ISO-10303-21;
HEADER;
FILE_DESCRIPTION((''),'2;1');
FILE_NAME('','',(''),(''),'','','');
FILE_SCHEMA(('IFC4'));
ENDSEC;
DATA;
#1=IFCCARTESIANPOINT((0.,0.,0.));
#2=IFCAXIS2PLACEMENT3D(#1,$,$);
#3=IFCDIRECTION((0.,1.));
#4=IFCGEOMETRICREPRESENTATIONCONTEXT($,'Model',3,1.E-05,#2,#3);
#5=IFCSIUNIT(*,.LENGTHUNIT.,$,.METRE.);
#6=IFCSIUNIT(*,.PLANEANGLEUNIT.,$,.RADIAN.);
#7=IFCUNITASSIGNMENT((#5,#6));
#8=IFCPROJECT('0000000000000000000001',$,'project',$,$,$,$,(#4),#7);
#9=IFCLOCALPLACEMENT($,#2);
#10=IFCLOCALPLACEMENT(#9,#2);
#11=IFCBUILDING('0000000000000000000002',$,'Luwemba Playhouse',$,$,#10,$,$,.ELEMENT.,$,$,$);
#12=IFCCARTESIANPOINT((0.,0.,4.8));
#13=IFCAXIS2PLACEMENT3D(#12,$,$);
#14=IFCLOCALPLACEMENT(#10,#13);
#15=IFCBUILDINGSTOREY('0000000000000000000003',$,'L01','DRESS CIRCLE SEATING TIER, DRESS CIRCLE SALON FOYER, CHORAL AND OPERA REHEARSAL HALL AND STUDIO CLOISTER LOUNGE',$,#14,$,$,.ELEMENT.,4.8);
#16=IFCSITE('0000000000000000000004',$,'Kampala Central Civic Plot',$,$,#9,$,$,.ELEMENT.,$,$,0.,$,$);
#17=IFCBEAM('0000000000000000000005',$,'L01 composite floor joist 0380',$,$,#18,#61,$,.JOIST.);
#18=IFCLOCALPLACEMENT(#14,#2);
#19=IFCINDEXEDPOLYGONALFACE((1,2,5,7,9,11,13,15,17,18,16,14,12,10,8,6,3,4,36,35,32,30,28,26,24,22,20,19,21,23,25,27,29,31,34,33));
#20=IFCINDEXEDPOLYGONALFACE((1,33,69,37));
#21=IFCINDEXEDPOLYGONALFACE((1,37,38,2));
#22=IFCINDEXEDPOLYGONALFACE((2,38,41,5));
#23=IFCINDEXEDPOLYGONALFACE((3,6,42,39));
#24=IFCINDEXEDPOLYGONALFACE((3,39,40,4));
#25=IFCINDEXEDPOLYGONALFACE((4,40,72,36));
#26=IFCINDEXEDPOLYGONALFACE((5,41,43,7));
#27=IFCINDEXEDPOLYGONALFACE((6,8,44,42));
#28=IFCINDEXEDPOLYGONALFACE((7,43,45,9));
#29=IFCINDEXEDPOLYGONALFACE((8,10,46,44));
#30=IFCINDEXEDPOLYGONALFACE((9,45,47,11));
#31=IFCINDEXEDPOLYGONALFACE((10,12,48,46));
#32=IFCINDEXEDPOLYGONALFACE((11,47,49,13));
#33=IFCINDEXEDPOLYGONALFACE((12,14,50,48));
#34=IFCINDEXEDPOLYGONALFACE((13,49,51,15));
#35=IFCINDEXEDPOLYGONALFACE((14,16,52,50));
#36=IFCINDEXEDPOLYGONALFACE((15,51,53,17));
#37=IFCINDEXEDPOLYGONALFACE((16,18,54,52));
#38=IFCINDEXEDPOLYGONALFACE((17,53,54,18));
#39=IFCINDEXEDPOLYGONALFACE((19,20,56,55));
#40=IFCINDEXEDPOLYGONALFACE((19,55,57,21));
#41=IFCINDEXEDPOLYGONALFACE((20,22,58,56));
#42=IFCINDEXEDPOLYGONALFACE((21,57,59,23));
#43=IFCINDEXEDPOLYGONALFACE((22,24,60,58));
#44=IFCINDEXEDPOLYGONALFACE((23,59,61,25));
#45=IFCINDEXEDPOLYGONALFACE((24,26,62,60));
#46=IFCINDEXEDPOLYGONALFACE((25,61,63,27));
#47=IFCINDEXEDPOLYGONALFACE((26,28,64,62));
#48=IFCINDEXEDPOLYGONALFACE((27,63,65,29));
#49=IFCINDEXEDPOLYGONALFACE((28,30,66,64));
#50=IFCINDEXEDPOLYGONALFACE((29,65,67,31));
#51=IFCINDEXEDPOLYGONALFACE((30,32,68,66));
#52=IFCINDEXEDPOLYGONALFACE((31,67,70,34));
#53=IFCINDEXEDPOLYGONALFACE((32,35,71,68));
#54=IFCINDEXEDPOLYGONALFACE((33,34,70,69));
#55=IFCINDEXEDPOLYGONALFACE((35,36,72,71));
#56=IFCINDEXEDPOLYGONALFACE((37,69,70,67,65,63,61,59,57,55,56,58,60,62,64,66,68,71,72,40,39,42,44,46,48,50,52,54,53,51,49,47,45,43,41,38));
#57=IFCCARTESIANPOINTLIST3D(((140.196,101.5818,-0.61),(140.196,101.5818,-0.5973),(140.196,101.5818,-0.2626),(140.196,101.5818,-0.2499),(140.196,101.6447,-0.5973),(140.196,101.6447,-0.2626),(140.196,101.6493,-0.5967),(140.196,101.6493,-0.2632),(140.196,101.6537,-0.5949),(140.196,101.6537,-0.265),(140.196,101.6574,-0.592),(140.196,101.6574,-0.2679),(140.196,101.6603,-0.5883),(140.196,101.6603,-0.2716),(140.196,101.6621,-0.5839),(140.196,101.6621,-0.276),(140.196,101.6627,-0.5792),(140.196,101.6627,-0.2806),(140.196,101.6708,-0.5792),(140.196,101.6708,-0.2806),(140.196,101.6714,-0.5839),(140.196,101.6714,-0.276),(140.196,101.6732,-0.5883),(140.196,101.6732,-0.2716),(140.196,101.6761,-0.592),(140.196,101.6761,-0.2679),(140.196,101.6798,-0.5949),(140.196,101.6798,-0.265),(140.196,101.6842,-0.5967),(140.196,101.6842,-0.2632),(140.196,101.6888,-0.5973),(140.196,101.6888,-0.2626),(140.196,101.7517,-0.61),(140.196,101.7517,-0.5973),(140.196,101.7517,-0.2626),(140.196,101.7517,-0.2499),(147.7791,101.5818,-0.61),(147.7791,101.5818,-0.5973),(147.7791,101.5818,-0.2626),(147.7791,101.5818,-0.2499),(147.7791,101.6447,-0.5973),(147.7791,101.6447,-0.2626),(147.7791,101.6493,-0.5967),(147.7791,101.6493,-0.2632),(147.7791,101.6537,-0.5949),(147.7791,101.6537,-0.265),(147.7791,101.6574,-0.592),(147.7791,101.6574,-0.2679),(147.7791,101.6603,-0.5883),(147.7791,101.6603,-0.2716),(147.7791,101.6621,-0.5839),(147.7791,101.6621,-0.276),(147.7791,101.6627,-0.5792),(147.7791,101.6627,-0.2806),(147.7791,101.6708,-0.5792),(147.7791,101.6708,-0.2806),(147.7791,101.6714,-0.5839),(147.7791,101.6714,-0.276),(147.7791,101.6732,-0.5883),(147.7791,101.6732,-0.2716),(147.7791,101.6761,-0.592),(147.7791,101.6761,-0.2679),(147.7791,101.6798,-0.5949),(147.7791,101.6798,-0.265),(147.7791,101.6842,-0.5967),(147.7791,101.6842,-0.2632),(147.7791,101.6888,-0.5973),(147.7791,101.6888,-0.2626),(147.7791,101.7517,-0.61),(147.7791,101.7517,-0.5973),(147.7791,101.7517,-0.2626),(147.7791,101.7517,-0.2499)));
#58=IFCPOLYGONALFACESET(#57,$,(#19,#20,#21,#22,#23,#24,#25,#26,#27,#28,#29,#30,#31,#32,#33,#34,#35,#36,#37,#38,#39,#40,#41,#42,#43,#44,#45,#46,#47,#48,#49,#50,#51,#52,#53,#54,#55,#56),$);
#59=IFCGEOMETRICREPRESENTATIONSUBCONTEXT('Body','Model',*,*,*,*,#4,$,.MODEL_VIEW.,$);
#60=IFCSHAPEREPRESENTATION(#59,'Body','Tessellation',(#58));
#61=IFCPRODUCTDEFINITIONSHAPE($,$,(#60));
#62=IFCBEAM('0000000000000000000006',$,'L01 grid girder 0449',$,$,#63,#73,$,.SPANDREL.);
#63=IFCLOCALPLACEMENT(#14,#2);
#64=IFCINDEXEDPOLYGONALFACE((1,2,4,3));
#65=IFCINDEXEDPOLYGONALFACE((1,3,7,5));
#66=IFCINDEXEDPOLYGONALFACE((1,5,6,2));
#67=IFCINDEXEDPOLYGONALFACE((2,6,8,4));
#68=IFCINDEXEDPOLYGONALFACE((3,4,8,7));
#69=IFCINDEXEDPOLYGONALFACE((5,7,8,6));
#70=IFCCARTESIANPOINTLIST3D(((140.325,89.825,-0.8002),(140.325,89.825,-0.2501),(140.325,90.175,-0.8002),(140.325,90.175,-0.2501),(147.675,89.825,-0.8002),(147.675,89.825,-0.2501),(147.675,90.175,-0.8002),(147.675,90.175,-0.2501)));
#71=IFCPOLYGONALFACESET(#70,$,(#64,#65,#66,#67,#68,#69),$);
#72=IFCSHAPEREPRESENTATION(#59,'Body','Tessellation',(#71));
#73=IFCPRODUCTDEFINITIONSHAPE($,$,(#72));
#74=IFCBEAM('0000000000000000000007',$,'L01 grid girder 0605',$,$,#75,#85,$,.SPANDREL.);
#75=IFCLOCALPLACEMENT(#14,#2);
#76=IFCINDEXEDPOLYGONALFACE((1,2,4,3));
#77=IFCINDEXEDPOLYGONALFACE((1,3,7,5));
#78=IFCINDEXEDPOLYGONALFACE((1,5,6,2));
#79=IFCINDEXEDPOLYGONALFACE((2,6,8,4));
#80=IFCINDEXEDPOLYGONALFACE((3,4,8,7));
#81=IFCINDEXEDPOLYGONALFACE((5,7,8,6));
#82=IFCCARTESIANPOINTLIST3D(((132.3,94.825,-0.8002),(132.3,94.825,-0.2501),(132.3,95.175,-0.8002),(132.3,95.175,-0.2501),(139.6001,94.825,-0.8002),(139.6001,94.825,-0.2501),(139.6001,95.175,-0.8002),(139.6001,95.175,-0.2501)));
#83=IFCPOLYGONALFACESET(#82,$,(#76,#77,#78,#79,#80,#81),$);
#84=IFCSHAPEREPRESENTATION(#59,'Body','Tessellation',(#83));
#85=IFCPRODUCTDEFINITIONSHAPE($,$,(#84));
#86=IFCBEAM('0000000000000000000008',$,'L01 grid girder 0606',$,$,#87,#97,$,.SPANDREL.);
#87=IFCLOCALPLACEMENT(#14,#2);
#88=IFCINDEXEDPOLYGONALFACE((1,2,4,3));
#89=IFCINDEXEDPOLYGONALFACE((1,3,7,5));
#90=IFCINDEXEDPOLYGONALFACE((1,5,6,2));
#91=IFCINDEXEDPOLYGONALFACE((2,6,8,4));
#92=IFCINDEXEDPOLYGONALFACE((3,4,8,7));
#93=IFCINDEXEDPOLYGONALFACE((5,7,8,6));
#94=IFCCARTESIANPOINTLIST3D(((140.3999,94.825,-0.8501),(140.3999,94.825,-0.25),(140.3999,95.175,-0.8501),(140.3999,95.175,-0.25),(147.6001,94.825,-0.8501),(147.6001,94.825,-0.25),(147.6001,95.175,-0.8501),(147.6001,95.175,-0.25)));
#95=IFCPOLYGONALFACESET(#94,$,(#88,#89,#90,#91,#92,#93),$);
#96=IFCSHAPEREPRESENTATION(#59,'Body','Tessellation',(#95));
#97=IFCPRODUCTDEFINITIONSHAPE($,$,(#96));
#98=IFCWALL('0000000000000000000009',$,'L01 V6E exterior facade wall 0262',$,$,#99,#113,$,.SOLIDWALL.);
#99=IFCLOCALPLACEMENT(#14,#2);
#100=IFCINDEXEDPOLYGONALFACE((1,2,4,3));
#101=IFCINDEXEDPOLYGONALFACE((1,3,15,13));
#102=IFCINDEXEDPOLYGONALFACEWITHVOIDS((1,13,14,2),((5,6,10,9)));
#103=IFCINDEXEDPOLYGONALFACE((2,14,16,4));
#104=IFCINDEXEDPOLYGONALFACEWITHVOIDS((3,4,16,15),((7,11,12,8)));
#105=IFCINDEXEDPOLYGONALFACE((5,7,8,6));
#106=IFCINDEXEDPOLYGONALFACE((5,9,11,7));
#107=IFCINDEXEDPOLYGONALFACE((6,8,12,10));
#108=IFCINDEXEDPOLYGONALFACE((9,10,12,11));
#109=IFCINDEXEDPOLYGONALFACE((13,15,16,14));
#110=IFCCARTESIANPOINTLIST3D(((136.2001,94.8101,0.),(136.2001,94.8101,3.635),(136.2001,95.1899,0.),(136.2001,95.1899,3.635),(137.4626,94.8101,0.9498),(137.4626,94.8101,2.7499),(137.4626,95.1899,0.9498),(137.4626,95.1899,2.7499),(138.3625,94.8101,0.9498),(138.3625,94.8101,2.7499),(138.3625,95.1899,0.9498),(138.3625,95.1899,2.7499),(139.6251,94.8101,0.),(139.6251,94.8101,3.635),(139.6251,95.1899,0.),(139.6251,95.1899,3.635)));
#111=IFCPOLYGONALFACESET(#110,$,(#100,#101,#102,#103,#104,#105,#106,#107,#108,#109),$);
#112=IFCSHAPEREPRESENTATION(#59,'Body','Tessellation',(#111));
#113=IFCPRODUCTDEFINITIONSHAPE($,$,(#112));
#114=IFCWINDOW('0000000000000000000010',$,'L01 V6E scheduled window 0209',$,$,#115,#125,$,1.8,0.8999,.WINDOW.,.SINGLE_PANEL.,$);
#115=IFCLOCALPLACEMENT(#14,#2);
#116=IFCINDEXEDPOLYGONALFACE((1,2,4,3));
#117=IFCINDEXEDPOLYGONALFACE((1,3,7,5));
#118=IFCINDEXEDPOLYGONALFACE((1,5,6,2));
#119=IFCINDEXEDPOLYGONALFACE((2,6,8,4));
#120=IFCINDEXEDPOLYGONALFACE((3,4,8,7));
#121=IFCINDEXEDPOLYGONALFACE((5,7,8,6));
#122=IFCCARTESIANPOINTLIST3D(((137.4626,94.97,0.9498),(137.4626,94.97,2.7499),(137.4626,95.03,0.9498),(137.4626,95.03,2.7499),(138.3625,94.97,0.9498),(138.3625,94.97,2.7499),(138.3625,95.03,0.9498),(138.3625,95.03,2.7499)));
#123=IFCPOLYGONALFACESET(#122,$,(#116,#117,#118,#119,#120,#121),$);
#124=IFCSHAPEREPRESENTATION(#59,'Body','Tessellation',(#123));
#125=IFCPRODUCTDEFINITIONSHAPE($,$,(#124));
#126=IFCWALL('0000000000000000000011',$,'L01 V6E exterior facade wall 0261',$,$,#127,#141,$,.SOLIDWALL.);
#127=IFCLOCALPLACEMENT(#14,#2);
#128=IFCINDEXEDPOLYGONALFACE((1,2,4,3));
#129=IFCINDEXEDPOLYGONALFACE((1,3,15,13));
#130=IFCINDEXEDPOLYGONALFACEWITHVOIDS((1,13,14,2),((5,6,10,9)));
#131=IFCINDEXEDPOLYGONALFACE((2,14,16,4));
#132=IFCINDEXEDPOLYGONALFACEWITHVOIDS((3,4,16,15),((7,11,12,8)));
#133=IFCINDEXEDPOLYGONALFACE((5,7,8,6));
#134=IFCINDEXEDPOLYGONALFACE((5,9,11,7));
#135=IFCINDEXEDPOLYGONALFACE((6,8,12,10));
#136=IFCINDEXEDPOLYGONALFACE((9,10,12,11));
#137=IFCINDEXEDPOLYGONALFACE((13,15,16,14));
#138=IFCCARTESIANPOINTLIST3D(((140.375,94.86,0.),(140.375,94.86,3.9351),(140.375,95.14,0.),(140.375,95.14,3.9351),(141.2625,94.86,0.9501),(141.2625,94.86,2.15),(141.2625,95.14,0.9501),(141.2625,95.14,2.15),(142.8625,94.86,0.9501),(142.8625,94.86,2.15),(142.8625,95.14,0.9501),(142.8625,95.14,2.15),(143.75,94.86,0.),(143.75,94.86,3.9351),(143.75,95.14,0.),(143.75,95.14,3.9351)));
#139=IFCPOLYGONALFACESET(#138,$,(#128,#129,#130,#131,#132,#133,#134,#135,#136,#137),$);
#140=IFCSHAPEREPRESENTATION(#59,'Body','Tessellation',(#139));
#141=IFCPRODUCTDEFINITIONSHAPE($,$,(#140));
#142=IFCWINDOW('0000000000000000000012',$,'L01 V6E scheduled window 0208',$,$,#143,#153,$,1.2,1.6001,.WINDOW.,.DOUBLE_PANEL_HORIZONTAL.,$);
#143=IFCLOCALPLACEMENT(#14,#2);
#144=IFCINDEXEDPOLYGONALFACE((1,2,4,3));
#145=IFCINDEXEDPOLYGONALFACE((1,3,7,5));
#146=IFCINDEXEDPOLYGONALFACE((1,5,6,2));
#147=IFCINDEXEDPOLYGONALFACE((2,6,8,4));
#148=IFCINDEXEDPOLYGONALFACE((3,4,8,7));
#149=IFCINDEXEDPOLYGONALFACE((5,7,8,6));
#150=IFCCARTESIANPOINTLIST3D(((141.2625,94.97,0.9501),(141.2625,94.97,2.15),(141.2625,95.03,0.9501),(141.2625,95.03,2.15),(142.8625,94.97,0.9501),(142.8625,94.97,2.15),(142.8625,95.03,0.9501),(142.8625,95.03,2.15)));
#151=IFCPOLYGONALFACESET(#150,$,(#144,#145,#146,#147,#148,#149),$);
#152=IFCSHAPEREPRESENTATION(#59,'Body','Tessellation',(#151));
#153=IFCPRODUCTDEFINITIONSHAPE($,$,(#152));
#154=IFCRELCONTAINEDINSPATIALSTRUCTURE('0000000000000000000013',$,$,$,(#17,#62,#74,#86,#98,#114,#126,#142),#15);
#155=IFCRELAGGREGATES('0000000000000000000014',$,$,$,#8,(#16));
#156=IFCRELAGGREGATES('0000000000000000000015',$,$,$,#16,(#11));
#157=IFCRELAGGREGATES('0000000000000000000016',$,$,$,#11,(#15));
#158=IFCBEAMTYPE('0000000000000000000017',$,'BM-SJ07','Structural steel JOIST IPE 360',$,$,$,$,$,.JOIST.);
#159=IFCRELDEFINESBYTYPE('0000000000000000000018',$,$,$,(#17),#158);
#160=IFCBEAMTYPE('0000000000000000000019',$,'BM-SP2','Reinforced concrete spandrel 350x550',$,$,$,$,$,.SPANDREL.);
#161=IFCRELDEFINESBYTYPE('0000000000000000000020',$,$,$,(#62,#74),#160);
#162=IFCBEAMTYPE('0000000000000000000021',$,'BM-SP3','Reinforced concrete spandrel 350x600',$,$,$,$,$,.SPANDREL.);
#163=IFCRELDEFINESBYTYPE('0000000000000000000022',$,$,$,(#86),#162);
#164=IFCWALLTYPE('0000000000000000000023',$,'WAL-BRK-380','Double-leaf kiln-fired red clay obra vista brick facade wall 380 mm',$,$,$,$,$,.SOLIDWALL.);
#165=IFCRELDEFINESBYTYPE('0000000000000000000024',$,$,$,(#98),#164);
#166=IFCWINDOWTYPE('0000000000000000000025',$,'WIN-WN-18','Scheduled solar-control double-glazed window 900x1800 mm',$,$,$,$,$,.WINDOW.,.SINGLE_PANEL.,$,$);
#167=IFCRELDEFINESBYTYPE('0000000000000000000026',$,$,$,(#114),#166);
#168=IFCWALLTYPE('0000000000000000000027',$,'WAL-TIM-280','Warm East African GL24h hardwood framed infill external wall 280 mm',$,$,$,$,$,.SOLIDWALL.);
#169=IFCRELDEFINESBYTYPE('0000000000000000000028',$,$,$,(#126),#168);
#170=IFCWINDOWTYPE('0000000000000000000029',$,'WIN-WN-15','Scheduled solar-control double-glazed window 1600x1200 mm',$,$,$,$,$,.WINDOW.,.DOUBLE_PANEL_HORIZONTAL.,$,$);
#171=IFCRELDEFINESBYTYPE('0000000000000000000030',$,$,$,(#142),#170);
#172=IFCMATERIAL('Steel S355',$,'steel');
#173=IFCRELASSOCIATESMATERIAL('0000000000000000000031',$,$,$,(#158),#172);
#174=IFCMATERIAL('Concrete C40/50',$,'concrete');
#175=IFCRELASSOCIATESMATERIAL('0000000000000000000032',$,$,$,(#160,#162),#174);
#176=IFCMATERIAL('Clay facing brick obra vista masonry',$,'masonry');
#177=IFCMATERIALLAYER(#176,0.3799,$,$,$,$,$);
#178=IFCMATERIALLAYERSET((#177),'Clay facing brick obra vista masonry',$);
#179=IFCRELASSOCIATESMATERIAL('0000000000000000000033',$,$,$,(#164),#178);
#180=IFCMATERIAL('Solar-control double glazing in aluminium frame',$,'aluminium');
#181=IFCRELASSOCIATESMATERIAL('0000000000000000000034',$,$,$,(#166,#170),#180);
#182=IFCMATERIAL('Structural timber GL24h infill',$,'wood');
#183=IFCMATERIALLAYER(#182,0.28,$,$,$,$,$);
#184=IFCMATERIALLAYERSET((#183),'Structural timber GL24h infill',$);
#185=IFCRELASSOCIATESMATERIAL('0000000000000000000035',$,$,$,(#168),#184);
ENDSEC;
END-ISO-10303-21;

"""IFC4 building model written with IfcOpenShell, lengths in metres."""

from ifc_helpers import new_model, si_unit, direction, frame, frame_2d, origin, origin_2d, place, context, subcontext, project, spatial, rectangle, i_section, extrude, material, layer, layer_set, material_profile, profile_set, type_object, element, fill, save


model = new_model("IFC4")

# Units and contexts
model_context = context("Model", 3, precision=1e-05, world=origin(), true_north=direction((0.0, 1.0)))
body_context = subcontext(model_context, "Body", "Model", "MODEL_VIEW")
ifc_project = project(units=[si_unit("LENGTHUNIT", "METRE"), si_unit("PLANEANGLEUNIT", "RADIAN")], contexts=[model_context])

# Site, building, storey
site_placement = place(None, origin())
site = spatial("IfcSite", under=ifc_project, at=site_placement, Name="Kampala Central Civic Plot", CompositionType="ELEMENT", RefElevation=0.0)
building_placement = place(site_placement, origin())
building = spatial("IfcBuilding", under=site, at=building_placement, Name="Luwemba Playhouse", CompositionType="ELEMENT")
storey_placement = place(building_placement, frame((0.0, 0.0, 4.8)))
storey = spatial("IfcBuildingStorey", under=building, at=storey_placement, Name="L01", Description="DRESS CIRCLE SEATING TIER, DRESS CIRCLE SALON FOYER, CHORAL AND OPERA REHEARSAL HALL AND STUDIO CLOISTER LOUNGE", CompositionType="ELEMENT", Elevation=4.8)

# Shared definitions
ifc_material_1 = material(Name="Concrete C40/50", Category="concrete")

# Beams
ifc_material_2 = material(Name="Steel S355", Category="steel")
ifc_material_profile_1 = material_profile(ifc_material_2, i_section(OverallWidth=0.1699, OverallDepth=0.3601, WebThickness=0.0081, FlangeThickness=0.0127, FilletRadius=0.0181, at=origin_2d()))
ifc_profile_set_1 = profile_set([ifc_material_profile_1], Name="Steel S355")
beam_type_1 = type_object("IfcBeamType", Name="BM-SJ07", Description="Structural steel JOIST IPE 360", PredefinedType="JOIST", material=ifc_profile_set_1)
beam_1_placement = place(storey_placement, frame((140.196, 101.6667, -0.4299), z_axis=(1.0, 0.0, 0.0), x_axis=(0.0, 1.0, 0.0)))
element("IfcBeam", 1, at=beam_1_placement, inside=storey, type_object=beam_type_1, Name="L01 composite floor joist 0380", PredefinedType="JOIST", context=body_context, shape_type="SweptSolid", body=[
    extrude(i_section(OverallWidth=0.1699, OverallDepth=0.3601, WebThickness=0.0081, FlangeThickness=0.0127, FilletRadius=0.0181, at=origin_2d()), origin(), (0.0, 0.0, 1.0), 7.583),
])
ifc_material_profile_2 = material_profile(ifc_material_1, rectangle(XDim=0.3501, YDim=0.55, at=origin_2d()))
ifc_profile_set_2 = profile_set([ifc_material_profile_2], Name="Concrete C40/50")
beam_type_2 = type_object("IfcBeamType", Name="BM-SP2", Description="Reinforced concrete spandrel 350x550", PredefinedType="SPANDREL", material=ifc_profile_set_2)
beam_2_placement = place(storey_placement, frame((140.325, 90.0, -0.5251), z_axis=(1.0, 0.0, 0.0), x_axis=(0.0, 1.0, 0.0)))
element("IfcBeam", 2, at=beam_2_placement, inside=storey, type_object=beam_type_2, Name="L01 grid girder 0449", PredefinedType="SPANDREL", context=body_context, shape_type="SweptSolid", body=[
    extrude(rectangle(XDim=0.3501, YDim=0.55, at=origin_2d()), origin(), (0.0, 0.0, 1.0), 7.3501),
])
beam_3_placement = place(storey_placement, frame((132.3, 95.0, -0.5251), z_axis=(1.0, 0.0, 0.0), x_axis=(0.0, 1.0, 0.0)))
element("IfcBeam", 3, at=beam_3_placement, inside=storey, type_object=beam_type_2, Name="L01 grid girder 0605", PredefinedType="SPANDREL", context=body_context, shape_type="SweptSolid", body=[
    extrude(rectangle(XDim=0.3501, YDim=0.55, at=origin_2d()), origin(), (0.0, 0.0, 1.0), 7.3),
])
ifc_material_profile_3 = material_profile(ifc_material_1, rectangle(XDim=0.3501, YDim=0.6001, at=origin_2d()))
ifc_profile_set_3 = profile_set([ifc_material_profile_3], Name="Concrete C40/50")
beam_type_3 = type_object("IfcBeamType", Name="BM-SP3", Description="Reinforced concrete spandrel 350x600", PredefinedType="SPANDREL", material=ifc_profile_set_3)
beam_4_placement = place(storey_placement, frame((140.3999, 95.0, -0.55), z_axis=(1.0, 0.0, 0.0), x_axis=(0.0, 1.0, 0.0)))
element("IfcBeam", 4, at=beam_4_placement, inside=storey, type_object=beam_type_3, Name="L01 grid girder 0606", PredefinedType="SPANDREL", context=body_context, shape_type="SweptSolid", body=[
    extrude(rectangle(XDim=0.3501, YDim=0.6001, at=origin_2d()), origin(), (0.0, 0.0, 1.0), 7.2002),
])

# Walls, openings, windows
ifc_material_3 = material(Name="Clay facing brick obra vista masonry", Category="masonry")
ifc_layer_1 = layer(ifc_material_3, 0.3799)
ifc_layer_set_1 = layer_set([ifc_layer_1], Name="Clay facing brick obra vista masonry")
wall_type_1 = type_object("IfcWallType", Name="WAL-BRK-380", Description="Double-leaf kiln-fired red clay obra vista brick facade wall 380 mm", PredefinedType="SOLIDWALL", material=ifc_layer_set_1)
wall_1_placement = place(storey_placement, frame((139.625, 95.0, 0.0), z_axis=(0.0, 0.0, 1.0), x_axis=(-1.0, 0.0, 0.0)))
wall_1 = element("IfcWall", 5, at=wall_1_placement, inside=storey, type_object=wall_type_1, Name="L01 V6E exterior facade wall 0262", PredefinedType="SOLIDWALL", context=body_context, shape_type="SweptSolid", body=[
    extrude(rectangle(XDim=3.425, YDim=0.3799, at=frame_2d((1.7124, 0.0))), origin(), (0.0, 0.0, 1.0), 3.635),
])
opening_1_placement = place(wall_1_placement, frame((1.2625, 0.0, 0.95)))
opening_1 = element("IfcOpeningElement", 6, at=opening_1_placement, cuts=wall_1, PredefinedType="OPENING", context=body_context, shape_type="SweptSolid", body=[
    extrude(rectangle(XDim=0.8999, YDim=1.8, at=frame_2d((0.45, 0.8999))), frame((0.0, 0.2, 0.0), z_axis=(0.0, -1.0, 0.0), x_axis=(1.0, 0.0, 0.0)), (0.0, 0.0, 1.0), 0.3999),
])
ifc_material_4 = material(Name="Solar-control double glazing in aluminium frame", Category="aluminium")
window_type_1 = type_object("IfcWindowType", Name="WIN-WN-18", Description="Scheduled solar-control double-glazed window 900x1800 mm", PartitioningType="SINGLE_PANEL", PredefinedType="WINDOW", material=ifc_material_4)
window_1_placement = place(opening_1_placement, origin())
window_1 = element("IfcWindow", 7, at=window_1_placement, inside=storey, type_object=window_type_1, Name="L01 V6E scheduled window 0209", OverallHeight=1.8, OverallWidth=0.8999, PartitioningType="SINGLE_PANEL", PredefinedType="WINDOW", context=body_context, shape_type="SweptSolid", body=[
    extrude(rectangle(XDim=0.8999, YDim=1.8, at=frame_2d((0.45, 0.8999))), frame((0.0, 0.03, 0.0), z_axis=(0.0, -1.0, 0.0), x_axis=(1.0, 0.0, 0.0)), (0.0, 0.0, 1.0), 0.0601),
])
fill(opening_1, window_1)
ifc_material_5 = material(Name="Structural timber GL24h infill", Category="wood")
ifc_layer_2 = layer(ifc_material_5, 0.28)
ifc_layer_set_2 = layer_set([ifc_layer_2], Name="Structural timber GL24h infill")
wall_type_2 = type_object("IfcWallType", Name="WAL-TIM-280", Description="Warm East African GL24h hardwood framed infill external wall 280 mm", PredefinedType="SOLIDWALL", material=ifc_layer_set_2)
wall_2_placement = place(storey_placement, frame((143.75, 95.0, 0.0), z_axis=(0.0, 0.0, 1.0), x_axis=(-1.0, 0.0, 0.0)))
wall_2 = element("IfcWall", 8, at=wall_2_placement, inside=storey, type_object=wall_type_2, Name="L01 V6E exterior facade wall 0261", PredefinedType="SOLIDWALL", context=body_context, shape_type="SweptSolid", body=[
    extrude(rectangle(XDim=3.375, YDim=0.28, at=frame_2d((1.6875, 0.0))), origin(), (0.0, 0.0, 1.0), 3.9351),
])
opening_2_placement = place(wall_2_placement, frame((0.8875, 0.0, 0.95)))
opening_2 = element("IfcOpeningElement", 9, at=opening_2_placement, cuts=wall_2, PredefinedType="OPENING", context=body_context, shape_type="SweptSolid", body=[
    extrude(rectangle(XDim=1.6001, YDim=1.2, at=frame_2d((0.8, 0.6001))), frame((0.0, 0.1499, 0.0), z_axis=(0.0, -1.0, 0.0), x_axis=(1.0, 0.0, 0.0)), (0.0, 0.0, 1.0), 0.3),
])
window_type_2 = type_object("IfcWindowType", Name="WIN-WN-15", Description="Scheduled solar-control double-glazed window 1600x1200 mm", PartitioningType="DOUBLE_PANEL_HORIZONTAL", PredefinedType="WINDOW", material=ifc_material_4)
window_2_placement = place(opening_2_placement, origin())
window_2 = element("IfcWindow", 10, at=window_2_placement, inside=storey, type_object=window_type_2, Name="L01 V6E scheduled window 0208", OverallHeight=1.2, OverallWidth=1.6001, PartitioningType="DOUBLE_PANEL_HORIZONTAL", PredefinedType="WINDOW", context=body_context, shape_type="SweptSolid", body=[
    extrude(rectangle(XDim=1.6001, YDim=1.2, at=frame_2d((0.8, 0.6001))), frame((0.0, 0.03, 0.0), z_axis=(0.0, -1.0, 0.0), x_axis=(1.0, 0.0, 0.0)), (0.0, 0.0, 1.0), 0.0601),
])
fill(opening_2, window_2)

save(model, "model.ifc")
